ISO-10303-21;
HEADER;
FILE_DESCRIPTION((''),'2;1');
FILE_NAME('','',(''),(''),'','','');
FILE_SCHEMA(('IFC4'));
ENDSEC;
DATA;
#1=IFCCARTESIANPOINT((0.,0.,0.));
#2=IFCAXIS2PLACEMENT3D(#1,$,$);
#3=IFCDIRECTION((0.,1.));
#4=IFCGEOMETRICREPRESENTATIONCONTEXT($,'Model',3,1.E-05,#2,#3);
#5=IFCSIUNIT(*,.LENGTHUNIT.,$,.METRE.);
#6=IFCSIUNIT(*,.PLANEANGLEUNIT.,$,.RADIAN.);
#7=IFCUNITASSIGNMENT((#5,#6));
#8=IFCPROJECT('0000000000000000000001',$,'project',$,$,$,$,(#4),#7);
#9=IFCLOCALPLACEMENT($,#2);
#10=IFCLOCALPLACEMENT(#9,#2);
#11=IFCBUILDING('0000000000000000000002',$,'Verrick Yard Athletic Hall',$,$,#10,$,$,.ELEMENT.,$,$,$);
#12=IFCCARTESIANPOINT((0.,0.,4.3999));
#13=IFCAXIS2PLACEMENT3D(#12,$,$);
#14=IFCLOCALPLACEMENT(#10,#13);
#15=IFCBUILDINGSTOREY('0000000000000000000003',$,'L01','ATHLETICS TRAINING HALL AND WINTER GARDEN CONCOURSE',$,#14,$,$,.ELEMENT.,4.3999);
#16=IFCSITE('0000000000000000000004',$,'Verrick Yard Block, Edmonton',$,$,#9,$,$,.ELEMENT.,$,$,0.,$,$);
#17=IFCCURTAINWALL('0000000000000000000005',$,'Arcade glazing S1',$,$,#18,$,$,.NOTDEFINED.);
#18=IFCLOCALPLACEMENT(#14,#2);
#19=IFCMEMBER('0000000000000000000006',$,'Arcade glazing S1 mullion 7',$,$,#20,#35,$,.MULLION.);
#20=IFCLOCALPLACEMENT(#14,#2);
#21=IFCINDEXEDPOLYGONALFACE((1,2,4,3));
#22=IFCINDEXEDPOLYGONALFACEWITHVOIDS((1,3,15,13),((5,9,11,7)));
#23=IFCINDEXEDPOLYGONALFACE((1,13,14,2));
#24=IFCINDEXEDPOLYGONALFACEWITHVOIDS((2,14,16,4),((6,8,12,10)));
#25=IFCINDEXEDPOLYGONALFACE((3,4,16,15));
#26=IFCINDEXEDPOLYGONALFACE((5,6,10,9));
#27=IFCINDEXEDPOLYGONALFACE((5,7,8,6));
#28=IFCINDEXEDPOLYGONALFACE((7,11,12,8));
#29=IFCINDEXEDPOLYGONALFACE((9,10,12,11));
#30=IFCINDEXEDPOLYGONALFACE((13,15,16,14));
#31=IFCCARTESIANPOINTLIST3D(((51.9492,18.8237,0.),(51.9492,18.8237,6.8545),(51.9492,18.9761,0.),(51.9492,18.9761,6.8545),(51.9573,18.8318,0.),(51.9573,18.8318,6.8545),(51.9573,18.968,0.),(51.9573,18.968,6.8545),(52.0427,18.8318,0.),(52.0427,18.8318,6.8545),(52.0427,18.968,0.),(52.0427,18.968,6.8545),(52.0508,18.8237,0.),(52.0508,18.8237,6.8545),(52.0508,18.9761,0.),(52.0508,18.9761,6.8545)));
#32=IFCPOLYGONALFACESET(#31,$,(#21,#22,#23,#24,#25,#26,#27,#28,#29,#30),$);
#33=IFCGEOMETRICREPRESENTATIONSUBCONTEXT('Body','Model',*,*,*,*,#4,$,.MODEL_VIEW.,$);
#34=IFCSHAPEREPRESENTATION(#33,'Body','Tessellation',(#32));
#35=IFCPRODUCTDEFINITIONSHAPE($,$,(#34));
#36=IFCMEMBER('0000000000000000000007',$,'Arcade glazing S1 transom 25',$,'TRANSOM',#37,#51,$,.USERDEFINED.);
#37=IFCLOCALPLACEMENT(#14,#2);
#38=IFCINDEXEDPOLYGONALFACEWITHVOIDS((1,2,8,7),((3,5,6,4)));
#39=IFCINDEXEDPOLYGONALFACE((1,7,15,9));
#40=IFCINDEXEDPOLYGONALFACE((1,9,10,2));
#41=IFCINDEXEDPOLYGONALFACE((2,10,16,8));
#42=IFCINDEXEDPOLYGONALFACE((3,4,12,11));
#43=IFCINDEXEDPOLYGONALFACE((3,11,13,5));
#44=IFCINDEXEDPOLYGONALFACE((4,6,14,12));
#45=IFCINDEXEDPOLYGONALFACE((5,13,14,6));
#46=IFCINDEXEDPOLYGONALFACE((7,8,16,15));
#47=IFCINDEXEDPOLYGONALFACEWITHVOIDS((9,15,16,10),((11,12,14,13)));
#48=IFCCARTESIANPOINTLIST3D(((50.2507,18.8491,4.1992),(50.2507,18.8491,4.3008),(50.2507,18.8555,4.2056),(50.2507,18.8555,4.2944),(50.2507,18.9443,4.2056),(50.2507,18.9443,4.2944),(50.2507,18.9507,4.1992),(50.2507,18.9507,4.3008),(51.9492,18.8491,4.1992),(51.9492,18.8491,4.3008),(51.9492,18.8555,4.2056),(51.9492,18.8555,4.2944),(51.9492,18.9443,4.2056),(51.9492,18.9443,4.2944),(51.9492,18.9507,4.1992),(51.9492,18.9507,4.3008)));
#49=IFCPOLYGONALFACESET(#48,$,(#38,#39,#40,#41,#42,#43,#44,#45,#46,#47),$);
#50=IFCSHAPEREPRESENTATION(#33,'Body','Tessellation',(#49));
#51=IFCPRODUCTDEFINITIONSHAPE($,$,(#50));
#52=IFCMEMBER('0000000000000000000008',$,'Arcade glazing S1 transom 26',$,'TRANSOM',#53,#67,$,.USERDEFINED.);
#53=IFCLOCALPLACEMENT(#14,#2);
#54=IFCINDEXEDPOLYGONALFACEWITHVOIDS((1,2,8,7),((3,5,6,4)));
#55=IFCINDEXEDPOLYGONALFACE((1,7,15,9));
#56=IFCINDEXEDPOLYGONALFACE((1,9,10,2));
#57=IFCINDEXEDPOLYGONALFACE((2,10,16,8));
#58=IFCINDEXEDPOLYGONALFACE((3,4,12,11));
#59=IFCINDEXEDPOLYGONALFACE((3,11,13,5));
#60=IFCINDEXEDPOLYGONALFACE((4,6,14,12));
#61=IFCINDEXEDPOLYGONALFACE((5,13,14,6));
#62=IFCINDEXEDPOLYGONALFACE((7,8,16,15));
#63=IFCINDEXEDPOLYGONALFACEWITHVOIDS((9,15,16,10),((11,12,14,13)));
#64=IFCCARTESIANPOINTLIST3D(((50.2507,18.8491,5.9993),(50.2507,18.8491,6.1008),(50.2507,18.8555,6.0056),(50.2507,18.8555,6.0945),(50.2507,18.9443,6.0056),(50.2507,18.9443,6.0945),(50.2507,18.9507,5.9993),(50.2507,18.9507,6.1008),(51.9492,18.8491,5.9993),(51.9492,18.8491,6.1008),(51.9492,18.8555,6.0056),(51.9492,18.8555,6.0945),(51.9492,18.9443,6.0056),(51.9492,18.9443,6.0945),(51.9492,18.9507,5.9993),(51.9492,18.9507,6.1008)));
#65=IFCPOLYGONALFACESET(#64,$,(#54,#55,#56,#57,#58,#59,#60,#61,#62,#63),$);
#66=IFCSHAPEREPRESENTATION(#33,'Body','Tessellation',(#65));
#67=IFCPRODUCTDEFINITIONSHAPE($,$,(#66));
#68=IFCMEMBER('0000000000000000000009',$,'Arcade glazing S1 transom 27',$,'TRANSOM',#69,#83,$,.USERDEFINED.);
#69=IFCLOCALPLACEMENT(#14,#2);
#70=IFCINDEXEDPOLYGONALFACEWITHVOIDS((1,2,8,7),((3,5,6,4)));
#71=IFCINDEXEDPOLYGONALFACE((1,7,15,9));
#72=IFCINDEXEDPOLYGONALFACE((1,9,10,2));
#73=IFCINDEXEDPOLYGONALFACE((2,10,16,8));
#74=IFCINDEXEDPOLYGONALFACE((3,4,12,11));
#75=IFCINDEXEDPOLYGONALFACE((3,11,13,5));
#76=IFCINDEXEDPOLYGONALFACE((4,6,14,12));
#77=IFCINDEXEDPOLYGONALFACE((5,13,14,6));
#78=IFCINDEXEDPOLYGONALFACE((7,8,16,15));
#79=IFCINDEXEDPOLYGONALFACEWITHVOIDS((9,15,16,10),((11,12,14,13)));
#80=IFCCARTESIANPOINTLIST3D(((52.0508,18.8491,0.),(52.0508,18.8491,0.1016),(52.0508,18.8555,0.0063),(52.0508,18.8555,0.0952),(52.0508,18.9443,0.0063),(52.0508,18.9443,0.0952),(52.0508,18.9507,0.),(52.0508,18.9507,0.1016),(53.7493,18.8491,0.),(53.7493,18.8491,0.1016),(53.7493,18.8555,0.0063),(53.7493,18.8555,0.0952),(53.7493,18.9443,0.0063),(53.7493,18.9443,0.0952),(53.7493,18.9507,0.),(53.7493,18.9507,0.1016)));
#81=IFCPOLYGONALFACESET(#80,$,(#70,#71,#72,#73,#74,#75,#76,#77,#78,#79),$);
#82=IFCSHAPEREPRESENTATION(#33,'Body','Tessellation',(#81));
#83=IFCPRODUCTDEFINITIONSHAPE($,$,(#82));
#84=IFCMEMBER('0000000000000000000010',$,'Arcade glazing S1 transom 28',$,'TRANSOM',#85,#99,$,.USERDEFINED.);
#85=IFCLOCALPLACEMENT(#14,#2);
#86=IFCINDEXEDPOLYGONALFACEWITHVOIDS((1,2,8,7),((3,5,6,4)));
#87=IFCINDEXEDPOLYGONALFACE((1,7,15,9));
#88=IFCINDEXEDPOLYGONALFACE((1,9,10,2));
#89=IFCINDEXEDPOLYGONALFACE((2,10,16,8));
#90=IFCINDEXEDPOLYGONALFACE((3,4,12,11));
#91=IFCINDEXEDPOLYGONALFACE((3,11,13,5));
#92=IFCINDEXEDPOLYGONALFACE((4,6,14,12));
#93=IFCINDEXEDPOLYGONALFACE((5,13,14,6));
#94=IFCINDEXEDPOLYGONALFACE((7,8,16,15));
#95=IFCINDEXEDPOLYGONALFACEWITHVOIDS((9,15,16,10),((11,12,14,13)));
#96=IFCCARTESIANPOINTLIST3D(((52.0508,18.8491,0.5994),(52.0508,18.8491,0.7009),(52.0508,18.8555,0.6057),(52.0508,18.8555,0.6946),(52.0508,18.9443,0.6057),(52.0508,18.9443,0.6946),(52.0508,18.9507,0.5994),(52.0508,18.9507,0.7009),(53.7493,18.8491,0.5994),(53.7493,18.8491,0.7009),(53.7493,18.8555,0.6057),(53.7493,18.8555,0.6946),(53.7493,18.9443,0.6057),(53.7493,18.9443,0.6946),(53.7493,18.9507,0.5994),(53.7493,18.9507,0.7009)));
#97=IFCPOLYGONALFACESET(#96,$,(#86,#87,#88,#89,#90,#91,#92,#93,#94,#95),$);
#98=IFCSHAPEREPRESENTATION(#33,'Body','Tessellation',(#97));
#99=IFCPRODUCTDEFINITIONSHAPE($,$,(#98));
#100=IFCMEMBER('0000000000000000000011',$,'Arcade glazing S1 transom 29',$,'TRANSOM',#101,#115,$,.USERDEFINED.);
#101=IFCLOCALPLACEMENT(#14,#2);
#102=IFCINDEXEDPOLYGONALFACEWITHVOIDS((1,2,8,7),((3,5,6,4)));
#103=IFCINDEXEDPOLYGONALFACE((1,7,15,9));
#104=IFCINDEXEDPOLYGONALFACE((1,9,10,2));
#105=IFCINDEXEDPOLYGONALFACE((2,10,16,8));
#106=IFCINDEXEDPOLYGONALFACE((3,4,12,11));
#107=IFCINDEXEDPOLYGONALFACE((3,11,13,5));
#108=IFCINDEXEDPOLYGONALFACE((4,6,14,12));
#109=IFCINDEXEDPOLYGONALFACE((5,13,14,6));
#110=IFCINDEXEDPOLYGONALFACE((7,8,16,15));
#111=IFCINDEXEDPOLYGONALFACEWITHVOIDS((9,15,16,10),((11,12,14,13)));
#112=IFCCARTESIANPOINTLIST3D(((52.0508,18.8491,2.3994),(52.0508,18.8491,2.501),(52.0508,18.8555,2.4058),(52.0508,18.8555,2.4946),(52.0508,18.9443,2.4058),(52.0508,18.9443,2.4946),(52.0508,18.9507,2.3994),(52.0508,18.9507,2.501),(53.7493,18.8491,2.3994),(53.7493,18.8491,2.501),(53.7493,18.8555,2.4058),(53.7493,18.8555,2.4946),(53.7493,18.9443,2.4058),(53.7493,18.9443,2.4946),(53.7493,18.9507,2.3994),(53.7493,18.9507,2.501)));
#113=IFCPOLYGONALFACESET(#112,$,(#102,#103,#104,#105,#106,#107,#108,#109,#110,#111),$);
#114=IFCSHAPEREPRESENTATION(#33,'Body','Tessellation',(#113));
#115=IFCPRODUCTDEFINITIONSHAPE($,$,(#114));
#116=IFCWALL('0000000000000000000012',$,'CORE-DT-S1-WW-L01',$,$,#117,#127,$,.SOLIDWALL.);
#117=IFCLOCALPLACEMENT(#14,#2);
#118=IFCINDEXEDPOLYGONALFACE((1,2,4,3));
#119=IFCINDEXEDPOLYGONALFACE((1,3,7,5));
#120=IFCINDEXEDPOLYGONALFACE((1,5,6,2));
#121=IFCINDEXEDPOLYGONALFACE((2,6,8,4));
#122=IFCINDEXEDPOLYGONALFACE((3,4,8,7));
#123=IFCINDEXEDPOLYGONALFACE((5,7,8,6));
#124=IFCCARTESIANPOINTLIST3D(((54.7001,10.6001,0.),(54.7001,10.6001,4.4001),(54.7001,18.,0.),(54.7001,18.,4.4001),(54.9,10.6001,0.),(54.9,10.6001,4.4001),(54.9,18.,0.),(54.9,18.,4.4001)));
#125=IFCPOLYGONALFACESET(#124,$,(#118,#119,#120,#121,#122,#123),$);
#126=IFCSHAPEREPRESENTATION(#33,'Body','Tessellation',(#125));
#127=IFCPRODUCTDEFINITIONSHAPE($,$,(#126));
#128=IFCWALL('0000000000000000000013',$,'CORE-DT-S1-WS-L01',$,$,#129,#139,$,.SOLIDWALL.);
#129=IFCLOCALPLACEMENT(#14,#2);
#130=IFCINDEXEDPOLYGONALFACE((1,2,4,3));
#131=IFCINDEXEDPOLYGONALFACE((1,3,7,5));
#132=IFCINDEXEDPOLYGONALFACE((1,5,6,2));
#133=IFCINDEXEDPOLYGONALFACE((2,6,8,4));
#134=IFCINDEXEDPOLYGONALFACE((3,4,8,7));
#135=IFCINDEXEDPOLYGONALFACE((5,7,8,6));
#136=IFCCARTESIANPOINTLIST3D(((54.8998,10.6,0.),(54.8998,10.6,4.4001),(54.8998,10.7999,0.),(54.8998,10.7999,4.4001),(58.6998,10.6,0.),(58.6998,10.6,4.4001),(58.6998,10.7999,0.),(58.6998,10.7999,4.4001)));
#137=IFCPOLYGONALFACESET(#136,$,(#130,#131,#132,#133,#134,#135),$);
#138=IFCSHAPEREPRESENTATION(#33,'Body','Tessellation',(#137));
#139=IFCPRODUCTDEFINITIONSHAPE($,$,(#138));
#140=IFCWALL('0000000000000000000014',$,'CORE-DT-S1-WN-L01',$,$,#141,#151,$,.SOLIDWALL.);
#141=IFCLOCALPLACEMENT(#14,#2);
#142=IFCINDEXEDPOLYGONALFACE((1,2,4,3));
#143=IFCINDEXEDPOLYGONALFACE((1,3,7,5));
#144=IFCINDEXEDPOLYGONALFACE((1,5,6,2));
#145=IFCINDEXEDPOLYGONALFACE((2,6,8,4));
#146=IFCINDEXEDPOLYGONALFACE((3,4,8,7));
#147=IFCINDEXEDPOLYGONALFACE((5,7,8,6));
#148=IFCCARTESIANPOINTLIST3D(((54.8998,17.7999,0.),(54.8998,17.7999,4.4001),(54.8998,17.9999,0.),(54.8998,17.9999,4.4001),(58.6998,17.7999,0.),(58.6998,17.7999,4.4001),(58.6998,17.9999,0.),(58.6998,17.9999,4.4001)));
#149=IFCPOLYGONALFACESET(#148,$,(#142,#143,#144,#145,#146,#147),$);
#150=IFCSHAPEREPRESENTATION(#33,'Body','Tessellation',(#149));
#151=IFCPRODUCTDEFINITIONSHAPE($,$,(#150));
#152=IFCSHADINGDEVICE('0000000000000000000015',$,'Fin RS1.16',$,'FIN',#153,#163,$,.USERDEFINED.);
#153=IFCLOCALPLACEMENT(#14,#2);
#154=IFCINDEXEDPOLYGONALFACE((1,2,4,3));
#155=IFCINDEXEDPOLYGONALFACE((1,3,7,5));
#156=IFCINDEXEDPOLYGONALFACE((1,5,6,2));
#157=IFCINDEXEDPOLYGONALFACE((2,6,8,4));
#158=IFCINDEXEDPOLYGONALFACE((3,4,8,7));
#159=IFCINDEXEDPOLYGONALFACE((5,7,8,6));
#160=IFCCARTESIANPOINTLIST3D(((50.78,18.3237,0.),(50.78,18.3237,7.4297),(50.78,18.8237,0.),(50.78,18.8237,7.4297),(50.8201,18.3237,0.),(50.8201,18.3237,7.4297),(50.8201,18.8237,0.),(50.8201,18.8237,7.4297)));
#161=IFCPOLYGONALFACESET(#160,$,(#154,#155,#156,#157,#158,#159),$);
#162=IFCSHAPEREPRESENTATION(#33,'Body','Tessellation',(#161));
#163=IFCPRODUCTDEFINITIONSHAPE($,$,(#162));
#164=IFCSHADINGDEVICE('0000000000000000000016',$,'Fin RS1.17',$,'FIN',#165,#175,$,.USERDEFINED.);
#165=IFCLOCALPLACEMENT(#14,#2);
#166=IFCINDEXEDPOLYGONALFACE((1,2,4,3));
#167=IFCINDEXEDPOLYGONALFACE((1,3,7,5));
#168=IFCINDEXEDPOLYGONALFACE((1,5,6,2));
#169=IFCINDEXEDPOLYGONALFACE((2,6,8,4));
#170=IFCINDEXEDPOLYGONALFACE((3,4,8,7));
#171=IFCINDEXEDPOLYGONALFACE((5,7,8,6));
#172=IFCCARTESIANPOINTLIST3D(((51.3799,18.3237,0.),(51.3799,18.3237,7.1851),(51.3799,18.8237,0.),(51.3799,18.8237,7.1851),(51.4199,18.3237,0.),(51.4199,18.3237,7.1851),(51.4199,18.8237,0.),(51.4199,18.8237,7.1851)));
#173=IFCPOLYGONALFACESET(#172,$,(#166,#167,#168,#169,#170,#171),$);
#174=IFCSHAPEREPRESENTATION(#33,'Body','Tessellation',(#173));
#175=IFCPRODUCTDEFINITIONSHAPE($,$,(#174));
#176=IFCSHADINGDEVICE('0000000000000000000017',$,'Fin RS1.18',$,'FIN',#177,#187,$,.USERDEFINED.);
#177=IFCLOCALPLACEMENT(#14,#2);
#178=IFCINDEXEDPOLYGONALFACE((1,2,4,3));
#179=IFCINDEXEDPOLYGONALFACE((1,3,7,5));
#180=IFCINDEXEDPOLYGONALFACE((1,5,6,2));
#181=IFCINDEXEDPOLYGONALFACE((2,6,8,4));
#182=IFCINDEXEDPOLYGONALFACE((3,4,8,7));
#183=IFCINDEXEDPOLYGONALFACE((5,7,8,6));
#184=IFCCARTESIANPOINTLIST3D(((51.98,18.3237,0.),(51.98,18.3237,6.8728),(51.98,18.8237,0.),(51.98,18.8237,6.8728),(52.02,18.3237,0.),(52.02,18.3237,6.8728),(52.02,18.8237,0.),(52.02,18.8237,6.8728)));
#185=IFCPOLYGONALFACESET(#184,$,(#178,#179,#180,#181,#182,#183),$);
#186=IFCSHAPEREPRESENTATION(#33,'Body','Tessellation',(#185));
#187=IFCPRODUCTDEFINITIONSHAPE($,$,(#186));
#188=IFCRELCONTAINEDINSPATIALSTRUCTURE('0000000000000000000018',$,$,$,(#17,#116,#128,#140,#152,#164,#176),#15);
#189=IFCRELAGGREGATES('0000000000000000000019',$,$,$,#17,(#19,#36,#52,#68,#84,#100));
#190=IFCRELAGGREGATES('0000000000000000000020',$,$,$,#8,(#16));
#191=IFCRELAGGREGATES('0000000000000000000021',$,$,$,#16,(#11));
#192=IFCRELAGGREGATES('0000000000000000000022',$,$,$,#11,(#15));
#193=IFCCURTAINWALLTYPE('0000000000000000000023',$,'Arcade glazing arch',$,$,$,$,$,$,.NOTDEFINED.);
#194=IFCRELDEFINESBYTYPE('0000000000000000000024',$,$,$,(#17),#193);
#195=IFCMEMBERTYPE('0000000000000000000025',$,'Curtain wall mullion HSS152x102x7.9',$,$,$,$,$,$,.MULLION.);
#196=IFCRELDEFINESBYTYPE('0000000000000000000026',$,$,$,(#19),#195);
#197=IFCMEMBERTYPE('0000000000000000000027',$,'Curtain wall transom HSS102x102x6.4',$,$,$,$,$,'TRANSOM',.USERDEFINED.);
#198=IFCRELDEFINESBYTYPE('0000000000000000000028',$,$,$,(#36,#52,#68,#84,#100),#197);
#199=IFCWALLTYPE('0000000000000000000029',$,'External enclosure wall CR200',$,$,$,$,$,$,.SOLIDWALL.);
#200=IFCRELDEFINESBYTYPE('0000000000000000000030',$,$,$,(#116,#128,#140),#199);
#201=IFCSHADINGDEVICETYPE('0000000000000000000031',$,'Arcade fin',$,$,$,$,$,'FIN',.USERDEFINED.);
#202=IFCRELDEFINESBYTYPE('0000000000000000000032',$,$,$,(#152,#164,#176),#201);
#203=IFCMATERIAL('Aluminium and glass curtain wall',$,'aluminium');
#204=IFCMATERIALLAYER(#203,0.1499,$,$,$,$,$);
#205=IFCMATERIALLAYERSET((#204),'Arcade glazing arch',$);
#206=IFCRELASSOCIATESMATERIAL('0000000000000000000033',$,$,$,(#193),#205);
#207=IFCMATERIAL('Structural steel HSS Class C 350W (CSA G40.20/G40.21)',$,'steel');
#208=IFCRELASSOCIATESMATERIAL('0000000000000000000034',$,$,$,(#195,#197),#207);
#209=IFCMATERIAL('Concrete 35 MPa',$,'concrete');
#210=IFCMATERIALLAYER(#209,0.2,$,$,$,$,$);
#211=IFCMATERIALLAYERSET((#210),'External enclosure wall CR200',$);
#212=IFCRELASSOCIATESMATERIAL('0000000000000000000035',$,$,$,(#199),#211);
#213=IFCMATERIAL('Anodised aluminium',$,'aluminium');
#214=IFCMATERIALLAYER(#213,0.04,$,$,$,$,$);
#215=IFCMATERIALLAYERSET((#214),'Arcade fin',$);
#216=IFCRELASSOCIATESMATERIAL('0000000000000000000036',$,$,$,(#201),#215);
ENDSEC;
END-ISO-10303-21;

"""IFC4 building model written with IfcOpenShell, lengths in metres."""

from ifc_helpers import new_model, si_unit, direction, frame, frame_2d, origin, origin_2d, place, context, subcontext, project, spatial, polyline, rectangle, hollow_rectangle, outline, extrude, material, layer, layer_set, material_profile, profile_set, type_object, element, aggregate, save


model = new_model("IFC4")

# Units and contexts
model_context = context("Model", 3, precision=1e-05, world=origin(), true_north=direction((0.0, 1.0)))
body_context = subcontext(model_context, "Body", "Model", "MODEL_VIEW")
ifc_project = project(units=[si_unit("LENGTHUNIT", "METRE"), si_unit("PLANEANGLEUNIT", "RADIAN")], contexts=[model_context])

# Site, building, storey
site_placement = place(None, origin())
site = spatial("IfcSite", under=ifc_project, at=site_placement, Name="Verrick Yard Block, Edmonton", CompositionType="ELEMENT", RefElevation=0.0)
building_placement = place(site_placement, origin())
building = spatial("IfcBuilding", under=site, at=building_placement, Name="Verrick Yard Athletic Hall", CompositionType="ELEMENT")
storey_placement = place(building_placement, frame((0.0, 0.0, 4.3999)))
storey = spatial("IfcBuildingStorey", under=building, at=storey_placement, Name="L01", Description="ATHLETICS TRAINING HALL AND WINTER GARDEN CONCOURSE", CompositionType="ELEMENT", Elevation=4.3999)

# Curtain wall, members
ifc_material_1 = material(Name="Aluminium and glass curtain wall", Category="aluminium")
ifc_layer_1 = layer(ifc_material_1, 0.1499)
ifc_layer_set_1 = layer_set([ifc_layer_1], Name="Arcade glazing arch")
curtain_wall_type = type_object("IfcCurtainWallType", Name="Arcade glazing arch", PredefinedType="NOTDEFINED", material=ifc_layer_set_1)
curtain_wall_placement = place(storey_placement, origin())
curtain_wall = element("IfcCurtainWall", 1, at=curtain_wall_placement, inside=storey, type_object=curtain_wall_type, Name="Arcade glazing S1", PredefinedType="NOTDEFINED")
ifc_material_2 = material(Name="Structural steel HSS Class C 350W (CSA G40.20/G40.21)", Category="steel")
ifc_material_profile_1 = material_profile(ifc_material_2, hollow_rectangle(XDim=0.1016, YDim=0.1523, WallThickness=0.0081, at=origin_2d()), Name="HSS152x102x7.9")
ifc_profile_set_1 = profile_set([ifc_material_profile_1], Name="Structural steel HSS Class C 350W (CSA G40.20/G40.21)")
member_type_1 = type_object("IfcMemberType", Name="Curtain wall mullion HSS152x102x7.9", PredefinedType="MULLION", material=ifc_profile_set_1)
member_1_placement = place(storey_placement, frame((52.0, 18.8999, 0.0), z_axis=(0.0, 0.0, 1.0), x_axis=(1.0, 0.0, 0.0)))
member_1 = element("IfcMember", 2, at=member_1_placement, type_object=member_type_1, Name="Arcade glazing S1 mullion 7", PredefinedType="MULLION", context=body_context, shape_type="SweptSolid", body=[
    extrude(hollow_rectangle(XDim=0.1016, YDim=0.1523, WallThickness=0.0081, at=origin_2d()), origin(), (0.0, 0.0, 1.0), 6.8545),
])
ifc_material_profile_2 = material_profile(ifc_material_2, hollow_rectangle(XDim=0.1016, YDim=0.1016, WallThickness=0.0063, at=origin_2d()), Name="HSS102x102x6.4")
ifc_profile_set_2 = profile_set([ifc_material_profile_2], Name="Structural steel HSS Class C 350W (CSA G40.20/G40.21)")
member_type_2 = type_object("IfcMemberType", Name="Curtain wall transom HSS102x102x6.4", ElementType="TRANSOM", PredefinedType="USERDEFINED", material=ifc_profile_set_2)
member_2_placement = place(storey_placement, frame((50.2507, 18.8999, 4.25), z_axis=(1.0, 0.0, 0.0), x_axis=(0.0, 1.0, 0.0)))
member_2 = element("IfcMember", 3, at=member_2_placement, type_object=member_type_2, Name="Arcade glazing S1 transom 25", ObjectType="TRANSOM", PredefinedType="USERDEFINED", context=body_context, shape_type="SweptSolid", body=[
    extrude(hollow_rectangle(XDim=0.1016, YDim=0.1016, WallThickness=0.0063, at=origin_2d()), origin(), (0.0, 0.0, 1.0), 1.6985),
])
member_3_placement = place(storey_placement, frame((50.2507, 18.8999, 6.05), z_axis=(1.0, 0.0, 0.0), x_axis=(0.0, 1.0, 0.0)))
member_3 = element("IfcMember", 4, at=member_3_placement, type_object=member_type_2, Name="Arcade glazing S1 transom 26", ObjectType="TRANSOM", PredefinedType="USERDEFINED", context=body_context, shape_type="SweptSolid", body=[
    extrude(hollow_rectangle(XDim=0.1016, YDim=0.1016, WallThickness=0.0063, at=origin_2d()), origin(), (0.0, 0.0, 1.0), 1.6985),
])
member_4_placement = place(storey_placement, frame((52.0508, 18.8999, 0.0508), z_axis=(1.0, 0.0, 0.0), x_axis=(0.0, 1.0, 0.0)))
member_4 = element("IfcMember", 5, at=member_4_placement, type_object=member_type_2, Name="Arcade glazing S1 transom 27", ObjectType="TRANSOM", PredefinedType="USERDEFINED", context=body_context, shape_type="SweptSolid", body=[
    extrude(hollow_rectangle(XDim=0.1016, YDim=0.1016, WallThickness=0.0063, at=origin_2d()), origin(), (0.0, 0.0, 1.0), 1.6985),
])
member_5_placement = place(storey_placement, frame((52.0508, 18.8999, 0.6501), z_axis=(1.0, 0.0, 0.0), x_axis=(0.0, 1.0, 0.0)))
member_5 = element("IfcMember", 6, at=member_5_placement, type_object=member_type_2, Name="Arcade glazing S1 transom 28", ObjectType="TRANSOM", PredefinedType="USERDEFINED", context=body_context, shape_type="SweptSolid", body=[
    extrude(hollow_rectangle(XDim=0.1016, YDim=0.1016, WallThickness=0.0063, at=origin_2d()), origin(), (0.0, 0.0, 1.0), 1.6985),
])
member_6_placement = place(storey_placement, frame((52.0508, 18.8999, 2.4502), z_axis=(1.0, 0.0, 0.0), x_axis=(0.0, 1.0, 0.0)))
member_6 = element("IfcMember", 7, at=member_6_placement, type_object=member_type_2, Name="Arcade glazing S1 transom 29", ObjectType="TRANSOM", PredefinedType="USERDEFINED", context=body_context, shape_type="SweptSolid", body=[
    extrude(hollow_rectangle(XDim=0.1016, YDim=0.1016, WallThickness=0.0063, at=origin_2d()), origin(), (0.0, 0.0, 1.0), 1.6985),
])
aggregate(curtain_wall, [member_1, member_2, member_3, member_4, member_5, member_6])

# Walls
ifc_material_3 = material(Name="Concrete 35 MPa", Category="concrete")
ifc_layer_2 = layer(ifc_material_3, 0.2)
ifc_layer_set_2 = layer_set([ifc_layer_2], Name="External enclosure wall CR200")
wall_type = type_object("IfcWallType", Name="External enclosure wall CR200", PredefinedType="SOLIDWALL", material=ifc_layer_set_2)
wall_placement = place(storey_placement, frame((54.8, 10.6001, 0.0), z_axis=(0.0, 0.0, 1.0), x_axis=(0.0, 1.0, 0.0)))
element("IfcWall", 8, at=wall_placement, inside=storey, type_object=wall_type, Name="CORE-DT-S1-WW-L01", PredefinedType="SOLIDWALL", context=body_context, shape_type="SweptSolid", body=[
    extrude(rectangle(XDim=7.3999, YDim=0.2, at=frame_2d((3.7, 0.0))), origin(), (0.0, 0.0, 1.0), 4.4001),
])
for number, where, z_axis, x_axis, name in (
    (9, (54.8999, 10.7, 0.0), (0.0, 0.0, 1.0), (1.0, 0.0, 0.0), "CORE-DT-S1-WS-L01"),
    (10, (54.8999, 17.8999, 0.0), (0.0, 0.0, 1.0), (1.0, 0.0, 0.0), "CORE-DT-S1-WN-L01"),
):
    element("IfcWall", number, at=place(storey_placement, frame(where, z_axis=z_axis, x_axis=x_axis)), inside=storey, type_object=wall_type, Name=name, PredefinedType="SOLIDWALL", context=body_context, shape_type="SweptSolid", body=[
        extrude(rectangle(XDim=3.8, YDim=0.2, at=frame_2d((1.8999, 0.0))), origin(), (0.0, 0.0, 1.0), 4.4001),
    ])

# Shading devices
ifc_material_4 = material(Name="Anodised aluminium", Category="aluminium")
ifc_layer_3 = layer(ifc_material_4, 0.04)
ifc_layer_set_3 = layer_set([ifc_layer_3], Name="Arcade fin")
shading_device_type = type_object("IfcShadingDeviceType", Name="Arcade fin", ElementType="FIN", PredefinedType="USERDEFINED", material=ifc_layer_set_3)
shading_device_1_placement = place(storey_placement, frame((50.8, 18.8237, 0.0), z_axis=(0.0, 0.0, 1.0), x_axis=(0.0, -1.0, 0.0)))
element("IfcShadingDevice", 11, at=shading_device_1_placement, inside=storey, type_object=shading_device_type, Name="Fin RS1.16", ObjectType="FIN", PredefinedType="USERDEFINED", context=body_context, shape_type="SweptSolid", body=[
    extrude(outline(polyline([(0.0, 0.0), (0.5, 0.0), (0.5, 7.4297), (0.0, 7.4297), (0.0, 0.0)])), frame((0.0, 0.02, 0.0), z_axis=(0.0, -1.0, 0.0), x_axis=(1.0, 0.0, 0.0)), (0.0, 0.0, 1.0), 0.04),
])
shading_device_2_placement = place(storey_placement, frame((51.3999, 18.8237, 0.0), z_axis=(0.0, 0.0, 1.0), x_axis=(0.0, -1.0, 0.0)))
element("IfcShadingDevice", 12, at=shading_device_2_placement, inside=storey, type_object=shading_device_type, Name="Fin RS1.17", ObjectType="FIN", PredefinedType="USERDEFINED", context=body_context, shape_type="SweptSolid", body=[
    extrude(outline(polyline([(0.0, 0.0), (0.5, 0.0), (0.5, 7.1851), (0.0, 7.1851), (0.0, 0.0)])), frame((0.0, 0.02, 0.0), z_axis=(0.0, -1.0, 0.0), x_axis=(1.0, 0.0, 0.0)), (0.0, 0.0, 1.0), 0.04),
])
shading_device_3_placement = place(storey_placement, frame((52.0, 18.8237, 0.0), z_axis=(0.0, 0.0, 1.0), x_axis=(0.0, -1.0, 0.0)))
element("IfcShadingDevice", 13, at=shading_device_3_placement, inside=storey, type_object=shading_device_type, Name="Fin RS1.18", ObjectType="FIN", PredefinedType="USERDEFINED", context=body_context, shape_type="SweptSolid", body=[
    extrude(outline(polyline([(0.0, 0.0), (0.5, 0.0), (0.5, 6.8728), (0.0, 6.8728), (0.0, 0.0)])), frame((0.0, 0.02, 0.0), z_axis=(0.0, -1.0, 0.0), x_axis=(1.0, 0.0, 0.0)), (0.0, 0.0, 1.0), 0.04),
])

save(model, "model.ifc")
